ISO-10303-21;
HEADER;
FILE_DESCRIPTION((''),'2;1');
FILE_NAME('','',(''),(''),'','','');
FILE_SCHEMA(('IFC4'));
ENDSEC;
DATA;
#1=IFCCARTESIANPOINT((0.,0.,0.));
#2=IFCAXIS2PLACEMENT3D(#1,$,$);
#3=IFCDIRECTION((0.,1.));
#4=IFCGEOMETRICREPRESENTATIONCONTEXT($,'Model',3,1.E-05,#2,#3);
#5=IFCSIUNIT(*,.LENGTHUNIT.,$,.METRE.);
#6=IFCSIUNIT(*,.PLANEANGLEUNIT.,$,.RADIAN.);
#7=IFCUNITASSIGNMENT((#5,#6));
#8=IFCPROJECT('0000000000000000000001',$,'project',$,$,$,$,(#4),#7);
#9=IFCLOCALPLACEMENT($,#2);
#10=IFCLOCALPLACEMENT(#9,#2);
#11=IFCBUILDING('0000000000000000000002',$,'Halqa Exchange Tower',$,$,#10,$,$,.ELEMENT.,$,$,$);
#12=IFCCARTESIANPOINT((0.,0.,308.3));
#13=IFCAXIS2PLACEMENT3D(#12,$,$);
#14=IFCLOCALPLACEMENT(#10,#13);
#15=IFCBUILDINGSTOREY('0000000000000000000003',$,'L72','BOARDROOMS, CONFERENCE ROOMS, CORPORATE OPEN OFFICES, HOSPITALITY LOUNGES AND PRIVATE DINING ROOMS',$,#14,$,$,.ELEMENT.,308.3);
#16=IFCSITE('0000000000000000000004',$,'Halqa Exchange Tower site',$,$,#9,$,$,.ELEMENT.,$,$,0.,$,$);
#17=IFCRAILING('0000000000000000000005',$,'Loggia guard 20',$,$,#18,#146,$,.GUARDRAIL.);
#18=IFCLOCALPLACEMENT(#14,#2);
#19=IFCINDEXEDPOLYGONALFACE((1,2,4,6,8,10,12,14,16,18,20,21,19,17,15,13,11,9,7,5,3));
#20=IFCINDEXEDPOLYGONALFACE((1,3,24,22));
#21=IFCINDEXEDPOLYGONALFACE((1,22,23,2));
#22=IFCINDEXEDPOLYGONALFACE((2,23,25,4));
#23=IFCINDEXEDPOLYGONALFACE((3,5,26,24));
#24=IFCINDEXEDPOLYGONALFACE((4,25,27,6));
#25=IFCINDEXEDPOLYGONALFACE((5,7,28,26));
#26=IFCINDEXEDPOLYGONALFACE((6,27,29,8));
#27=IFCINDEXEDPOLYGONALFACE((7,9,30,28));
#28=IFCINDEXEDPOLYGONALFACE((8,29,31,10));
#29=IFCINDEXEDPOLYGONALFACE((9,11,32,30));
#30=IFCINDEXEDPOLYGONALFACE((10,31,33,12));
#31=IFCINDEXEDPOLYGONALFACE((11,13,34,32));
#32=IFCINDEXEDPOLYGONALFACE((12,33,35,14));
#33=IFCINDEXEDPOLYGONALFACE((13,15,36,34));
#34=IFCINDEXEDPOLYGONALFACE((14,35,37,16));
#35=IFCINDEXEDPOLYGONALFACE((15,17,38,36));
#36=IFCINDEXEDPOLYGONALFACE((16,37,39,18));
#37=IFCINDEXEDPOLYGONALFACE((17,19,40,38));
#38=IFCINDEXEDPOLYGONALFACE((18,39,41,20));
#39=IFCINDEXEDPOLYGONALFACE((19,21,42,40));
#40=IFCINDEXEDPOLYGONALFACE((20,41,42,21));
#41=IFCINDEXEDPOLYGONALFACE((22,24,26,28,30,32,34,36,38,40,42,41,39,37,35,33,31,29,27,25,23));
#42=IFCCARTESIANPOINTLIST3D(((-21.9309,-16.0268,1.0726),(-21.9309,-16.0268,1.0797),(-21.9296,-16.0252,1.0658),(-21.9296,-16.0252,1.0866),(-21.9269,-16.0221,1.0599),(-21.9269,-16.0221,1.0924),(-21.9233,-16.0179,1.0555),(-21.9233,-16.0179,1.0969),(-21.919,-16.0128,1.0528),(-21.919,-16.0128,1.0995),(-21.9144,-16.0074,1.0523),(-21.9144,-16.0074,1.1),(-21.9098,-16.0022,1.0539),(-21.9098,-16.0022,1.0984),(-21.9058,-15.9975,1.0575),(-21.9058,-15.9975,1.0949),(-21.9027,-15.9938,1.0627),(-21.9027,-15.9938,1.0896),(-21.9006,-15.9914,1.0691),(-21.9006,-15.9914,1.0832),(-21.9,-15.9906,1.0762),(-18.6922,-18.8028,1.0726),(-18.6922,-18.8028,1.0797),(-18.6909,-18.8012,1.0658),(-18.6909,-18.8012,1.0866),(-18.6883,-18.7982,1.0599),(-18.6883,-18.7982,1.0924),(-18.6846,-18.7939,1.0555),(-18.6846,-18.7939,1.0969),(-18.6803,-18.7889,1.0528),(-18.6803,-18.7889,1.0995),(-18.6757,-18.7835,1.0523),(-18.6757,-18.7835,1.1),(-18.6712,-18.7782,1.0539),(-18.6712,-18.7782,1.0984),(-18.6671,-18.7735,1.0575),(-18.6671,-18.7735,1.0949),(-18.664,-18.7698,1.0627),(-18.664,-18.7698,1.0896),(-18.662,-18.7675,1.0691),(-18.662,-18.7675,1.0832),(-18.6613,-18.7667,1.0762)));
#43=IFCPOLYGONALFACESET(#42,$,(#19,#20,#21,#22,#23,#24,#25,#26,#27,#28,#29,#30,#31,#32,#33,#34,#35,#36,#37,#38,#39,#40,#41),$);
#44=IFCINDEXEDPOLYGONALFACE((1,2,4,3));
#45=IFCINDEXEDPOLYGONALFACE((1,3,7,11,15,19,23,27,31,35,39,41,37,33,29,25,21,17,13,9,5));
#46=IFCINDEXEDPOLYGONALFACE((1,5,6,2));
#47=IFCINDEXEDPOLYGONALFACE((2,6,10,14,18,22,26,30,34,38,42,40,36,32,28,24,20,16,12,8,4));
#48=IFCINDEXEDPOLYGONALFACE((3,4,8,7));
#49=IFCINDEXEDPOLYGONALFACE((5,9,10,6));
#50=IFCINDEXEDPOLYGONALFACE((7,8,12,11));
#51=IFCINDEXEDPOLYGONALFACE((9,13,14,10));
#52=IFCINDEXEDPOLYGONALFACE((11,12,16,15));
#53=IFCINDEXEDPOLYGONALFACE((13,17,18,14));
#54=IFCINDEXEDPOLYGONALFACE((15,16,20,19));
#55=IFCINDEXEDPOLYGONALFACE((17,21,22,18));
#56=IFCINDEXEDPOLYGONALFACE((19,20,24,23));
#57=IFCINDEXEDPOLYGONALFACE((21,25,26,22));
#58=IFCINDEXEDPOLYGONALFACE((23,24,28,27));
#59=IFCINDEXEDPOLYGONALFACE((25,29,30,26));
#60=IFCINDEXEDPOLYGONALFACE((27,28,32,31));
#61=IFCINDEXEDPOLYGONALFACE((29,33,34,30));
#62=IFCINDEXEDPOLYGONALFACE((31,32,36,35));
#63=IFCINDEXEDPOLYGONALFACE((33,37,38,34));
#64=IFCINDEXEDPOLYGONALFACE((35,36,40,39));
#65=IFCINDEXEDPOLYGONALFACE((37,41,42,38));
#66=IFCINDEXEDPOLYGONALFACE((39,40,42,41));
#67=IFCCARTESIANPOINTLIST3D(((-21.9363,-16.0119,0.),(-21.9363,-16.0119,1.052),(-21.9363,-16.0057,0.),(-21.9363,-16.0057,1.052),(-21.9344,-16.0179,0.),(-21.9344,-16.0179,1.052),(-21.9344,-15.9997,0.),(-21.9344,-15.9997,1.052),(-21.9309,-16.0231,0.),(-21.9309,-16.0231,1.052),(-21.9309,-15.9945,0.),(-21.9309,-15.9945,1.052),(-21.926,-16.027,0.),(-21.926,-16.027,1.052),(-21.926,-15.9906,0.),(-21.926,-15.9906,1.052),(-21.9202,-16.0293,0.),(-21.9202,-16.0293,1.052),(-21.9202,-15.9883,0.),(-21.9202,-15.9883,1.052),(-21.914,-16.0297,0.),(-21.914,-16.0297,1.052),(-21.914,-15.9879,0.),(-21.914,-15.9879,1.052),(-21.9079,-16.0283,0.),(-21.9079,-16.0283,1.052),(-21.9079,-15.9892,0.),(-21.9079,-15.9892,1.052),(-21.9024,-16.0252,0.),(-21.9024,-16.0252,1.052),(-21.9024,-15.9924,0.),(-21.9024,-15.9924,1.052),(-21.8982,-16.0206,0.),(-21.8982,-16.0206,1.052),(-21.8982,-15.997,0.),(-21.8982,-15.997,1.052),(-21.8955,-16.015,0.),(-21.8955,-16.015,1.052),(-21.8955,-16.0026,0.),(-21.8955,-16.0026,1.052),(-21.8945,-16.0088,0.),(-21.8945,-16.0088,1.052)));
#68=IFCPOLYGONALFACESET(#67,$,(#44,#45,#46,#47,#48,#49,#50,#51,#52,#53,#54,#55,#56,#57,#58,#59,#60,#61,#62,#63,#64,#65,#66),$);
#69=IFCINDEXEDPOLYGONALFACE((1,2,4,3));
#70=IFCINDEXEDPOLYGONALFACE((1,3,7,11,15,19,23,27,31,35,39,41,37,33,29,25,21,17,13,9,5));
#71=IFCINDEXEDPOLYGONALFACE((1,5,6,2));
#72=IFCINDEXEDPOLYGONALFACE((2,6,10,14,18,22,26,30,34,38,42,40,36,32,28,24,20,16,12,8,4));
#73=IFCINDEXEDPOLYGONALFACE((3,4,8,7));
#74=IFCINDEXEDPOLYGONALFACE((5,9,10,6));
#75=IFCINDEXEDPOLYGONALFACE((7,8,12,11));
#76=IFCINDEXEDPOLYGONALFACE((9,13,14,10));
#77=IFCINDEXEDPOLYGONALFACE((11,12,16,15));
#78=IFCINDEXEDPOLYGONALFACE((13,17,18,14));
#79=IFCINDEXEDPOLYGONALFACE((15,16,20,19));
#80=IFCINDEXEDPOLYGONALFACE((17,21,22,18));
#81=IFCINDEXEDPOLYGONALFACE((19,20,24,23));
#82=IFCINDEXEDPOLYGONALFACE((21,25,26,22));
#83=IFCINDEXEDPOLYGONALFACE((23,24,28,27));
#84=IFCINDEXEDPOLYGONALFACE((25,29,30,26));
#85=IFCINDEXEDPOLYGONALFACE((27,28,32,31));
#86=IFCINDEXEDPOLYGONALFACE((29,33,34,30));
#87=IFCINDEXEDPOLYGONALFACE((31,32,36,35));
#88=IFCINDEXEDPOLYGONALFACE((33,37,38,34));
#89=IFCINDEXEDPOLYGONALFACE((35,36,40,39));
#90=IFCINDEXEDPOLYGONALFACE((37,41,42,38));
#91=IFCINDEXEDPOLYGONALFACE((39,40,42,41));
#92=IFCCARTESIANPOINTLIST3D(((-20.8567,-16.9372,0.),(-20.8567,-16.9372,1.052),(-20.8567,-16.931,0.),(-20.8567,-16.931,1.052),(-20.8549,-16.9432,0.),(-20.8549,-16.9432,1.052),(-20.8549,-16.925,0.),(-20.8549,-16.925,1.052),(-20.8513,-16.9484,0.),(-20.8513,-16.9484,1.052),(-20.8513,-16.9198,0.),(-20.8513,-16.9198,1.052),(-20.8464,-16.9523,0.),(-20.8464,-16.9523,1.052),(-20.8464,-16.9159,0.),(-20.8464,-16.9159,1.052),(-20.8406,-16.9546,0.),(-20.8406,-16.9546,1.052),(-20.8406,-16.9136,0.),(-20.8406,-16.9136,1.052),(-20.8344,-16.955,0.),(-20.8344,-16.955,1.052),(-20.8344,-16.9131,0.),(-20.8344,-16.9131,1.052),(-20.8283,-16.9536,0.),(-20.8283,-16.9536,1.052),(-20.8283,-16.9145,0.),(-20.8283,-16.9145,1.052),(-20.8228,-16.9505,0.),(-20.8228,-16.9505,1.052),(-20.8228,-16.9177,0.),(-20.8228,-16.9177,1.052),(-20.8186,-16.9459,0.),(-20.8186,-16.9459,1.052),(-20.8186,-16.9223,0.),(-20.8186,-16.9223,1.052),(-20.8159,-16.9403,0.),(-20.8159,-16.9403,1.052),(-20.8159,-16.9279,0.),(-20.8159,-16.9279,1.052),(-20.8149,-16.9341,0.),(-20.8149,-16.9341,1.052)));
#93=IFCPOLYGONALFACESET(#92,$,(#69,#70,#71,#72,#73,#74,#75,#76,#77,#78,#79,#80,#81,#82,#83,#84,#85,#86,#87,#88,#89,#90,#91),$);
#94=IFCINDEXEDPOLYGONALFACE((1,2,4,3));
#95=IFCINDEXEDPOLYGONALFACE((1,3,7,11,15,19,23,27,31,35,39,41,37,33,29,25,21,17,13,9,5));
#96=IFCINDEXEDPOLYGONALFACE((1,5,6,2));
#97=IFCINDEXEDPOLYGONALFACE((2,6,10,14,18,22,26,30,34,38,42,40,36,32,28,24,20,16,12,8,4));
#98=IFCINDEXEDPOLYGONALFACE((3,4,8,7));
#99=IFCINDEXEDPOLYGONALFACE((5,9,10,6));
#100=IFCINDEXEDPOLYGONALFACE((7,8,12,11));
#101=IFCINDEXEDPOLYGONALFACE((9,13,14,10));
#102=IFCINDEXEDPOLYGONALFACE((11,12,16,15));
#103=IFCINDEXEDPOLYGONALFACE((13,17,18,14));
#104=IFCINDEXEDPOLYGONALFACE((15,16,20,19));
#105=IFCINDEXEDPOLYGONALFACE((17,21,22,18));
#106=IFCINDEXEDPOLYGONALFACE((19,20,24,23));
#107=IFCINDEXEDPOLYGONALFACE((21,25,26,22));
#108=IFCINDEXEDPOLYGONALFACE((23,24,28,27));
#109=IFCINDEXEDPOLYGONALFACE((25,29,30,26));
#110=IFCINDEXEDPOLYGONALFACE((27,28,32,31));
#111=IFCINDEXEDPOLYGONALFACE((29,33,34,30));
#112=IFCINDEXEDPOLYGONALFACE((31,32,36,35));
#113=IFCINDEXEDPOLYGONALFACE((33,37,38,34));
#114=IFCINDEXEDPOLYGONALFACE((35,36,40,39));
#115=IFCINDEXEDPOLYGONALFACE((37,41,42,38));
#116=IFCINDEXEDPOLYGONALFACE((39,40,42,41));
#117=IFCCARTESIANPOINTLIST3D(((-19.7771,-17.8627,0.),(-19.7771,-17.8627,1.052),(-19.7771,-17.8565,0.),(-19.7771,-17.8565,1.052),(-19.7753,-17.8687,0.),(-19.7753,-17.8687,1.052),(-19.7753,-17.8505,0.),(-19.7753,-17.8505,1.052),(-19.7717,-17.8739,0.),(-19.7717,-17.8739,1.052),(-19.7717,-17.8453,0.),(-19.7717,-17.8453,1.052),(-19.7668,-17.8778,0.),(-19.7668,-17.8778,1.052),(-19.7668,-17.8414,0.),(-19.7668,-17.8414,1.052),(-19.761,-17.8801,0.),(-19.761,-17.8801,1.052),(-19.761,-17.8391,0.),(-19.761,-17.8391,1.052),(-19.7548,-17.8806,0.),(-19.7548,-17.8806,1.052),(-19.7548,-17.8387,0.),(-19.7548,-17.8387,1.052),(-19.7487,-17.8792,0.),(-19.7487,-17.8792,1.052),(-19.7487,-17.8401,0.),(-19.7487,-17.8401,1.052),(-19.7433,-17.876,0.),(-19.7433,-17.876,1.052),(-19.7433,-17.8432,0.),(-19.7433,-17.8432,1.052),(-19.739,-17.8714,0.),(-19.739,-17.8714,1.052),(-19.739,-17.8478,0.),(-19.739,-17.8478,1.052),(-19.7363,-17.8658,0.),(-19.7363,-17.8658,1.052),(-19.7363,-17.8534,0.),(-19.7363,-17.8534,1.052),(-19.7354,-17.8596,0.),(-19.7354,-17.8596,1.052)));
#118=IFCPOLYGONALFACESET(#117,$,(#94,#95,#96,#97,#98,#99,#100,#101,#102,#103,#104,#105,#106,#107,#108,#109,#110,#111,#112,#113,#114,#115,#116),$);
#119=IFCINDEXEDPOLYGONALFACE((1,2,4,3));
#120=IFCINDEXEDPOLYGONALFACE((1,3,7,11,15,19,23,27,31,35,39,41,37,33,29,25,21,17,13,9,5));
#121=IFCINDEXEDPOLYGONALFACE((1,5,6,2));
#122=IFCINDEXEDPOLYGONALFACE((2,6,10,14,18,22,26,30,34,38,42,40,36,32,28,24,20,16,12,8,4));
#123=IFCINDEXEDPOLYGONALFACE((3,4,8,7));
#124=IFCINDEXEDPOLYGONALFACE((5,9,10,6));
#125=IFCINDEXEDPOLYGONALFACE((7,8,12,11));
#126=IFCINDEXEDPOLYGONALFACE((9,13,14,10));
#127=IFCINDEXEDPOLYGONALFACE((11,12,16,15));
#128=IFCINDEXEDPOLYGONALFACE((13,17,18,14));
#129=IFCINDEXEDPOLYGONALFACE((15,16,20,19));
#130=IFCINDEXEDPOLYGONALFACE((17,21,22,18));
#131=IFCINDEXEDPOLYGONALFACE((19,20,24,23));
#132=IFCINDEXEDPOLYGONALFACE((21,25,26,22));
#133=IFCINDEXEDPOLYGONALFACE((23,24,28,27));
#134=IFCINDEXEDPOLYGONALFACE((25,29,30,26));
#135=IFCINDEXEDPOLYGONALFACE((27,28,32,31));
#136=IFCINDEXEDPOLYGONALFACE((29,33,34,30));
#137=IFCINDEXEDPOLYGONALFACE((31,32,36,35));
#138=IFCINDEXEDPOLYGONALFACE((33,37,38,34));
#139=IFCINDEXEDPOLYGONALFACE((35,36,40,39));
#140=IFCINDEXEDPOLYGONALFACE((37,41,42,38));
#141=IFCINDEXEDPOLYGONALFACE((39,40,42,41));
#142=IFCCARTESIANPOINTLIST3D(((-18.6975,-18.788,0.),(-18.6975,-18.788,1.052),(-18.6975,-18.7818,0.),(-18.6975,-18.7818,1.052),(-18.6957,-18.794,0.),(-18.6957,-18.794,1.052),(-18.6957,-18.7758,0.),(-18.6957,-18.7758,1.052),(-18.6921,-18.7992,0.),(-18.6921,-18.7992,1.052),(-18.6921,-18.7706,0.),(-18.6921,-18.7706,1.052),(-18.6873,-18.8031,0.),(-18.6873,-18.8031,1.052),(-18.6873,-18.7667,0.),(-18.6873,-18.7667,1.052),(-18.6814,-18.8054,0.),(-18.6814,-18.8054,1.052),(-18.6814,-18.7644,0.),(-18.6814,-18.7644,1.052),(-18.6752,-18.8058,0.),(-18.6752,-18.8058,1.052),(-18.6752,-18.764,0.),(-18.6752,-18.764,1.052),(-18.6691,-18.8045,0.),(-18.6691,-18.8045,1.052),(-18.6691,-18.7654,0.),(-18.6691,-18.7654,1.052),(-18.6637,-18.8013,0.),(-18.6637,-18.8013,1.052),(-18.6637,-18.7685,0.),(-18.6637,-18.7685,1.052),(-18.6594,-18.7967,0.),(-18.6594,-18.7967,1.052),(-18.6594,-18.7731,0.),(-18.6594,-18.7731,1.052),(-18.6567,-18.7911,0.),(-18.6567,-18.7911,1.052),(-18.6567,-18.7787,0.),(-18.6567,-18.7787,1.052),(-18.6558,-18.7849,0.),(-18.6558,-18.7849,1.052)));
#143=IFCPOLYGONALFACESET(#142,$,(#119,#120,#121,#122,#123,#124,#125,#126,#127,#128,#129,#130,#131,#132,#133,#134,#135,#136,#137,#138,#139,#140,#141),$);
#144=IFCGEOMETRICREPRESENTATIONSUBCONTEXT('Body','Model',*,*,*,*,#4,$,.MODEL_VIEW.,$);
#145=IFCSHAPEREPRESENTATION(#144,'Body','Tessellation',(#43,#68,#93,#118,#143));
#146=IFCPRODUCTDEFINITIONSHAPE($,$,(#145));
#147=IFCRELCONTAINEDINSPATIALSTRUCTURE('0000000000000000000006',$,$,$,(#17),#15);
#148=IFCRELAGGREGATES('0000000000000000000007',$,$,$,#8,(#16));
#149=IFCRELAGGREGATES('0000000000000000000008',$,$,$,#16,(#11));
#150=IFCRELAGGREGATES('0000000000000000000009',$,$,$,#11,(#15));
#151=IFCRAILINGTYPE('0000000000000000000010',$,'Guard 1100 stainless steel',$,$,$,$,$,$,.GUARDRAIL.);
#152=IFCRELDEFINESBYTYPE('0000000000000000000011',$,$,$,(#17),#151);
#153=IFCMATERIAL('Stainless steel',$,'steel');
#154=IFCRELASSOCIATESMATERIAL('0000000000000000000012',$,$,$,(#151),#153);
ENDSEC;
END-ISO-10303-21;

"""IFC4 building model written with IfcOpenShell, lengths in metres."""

from ifc_helpers import new_model, si_unit, direction, frame, origin, origin_2d, place, context, subcontext, project, spatial, circle, extrude, material, type_object, element, save


model = new_model("IFC4")

# Units and contexts
model_context = context("Model", 3, precision=1e-05, world=origin(), true_north=direction((0.0, 1.0)))
body_context = subcontext(model_context, "Body", "Model", "MODEL_VIEW")
ifc_project = project(units=[si_unit("LENGTHUNIT", "METRE"), si_unit("PLANEANGLEUNIT", "RADIAN")], contexts=[model_context])

# Site, building, storey
site_placement = place(None, origin())
site = spatial("IfcSite", under=ifc_project, at=site_placement, Name="Halqa Exchange Tower site", CompositionType="ELEMENT", RefElevation=0.0)
building_placement = place(site_placement, origin())
building = spatial("IfcBuilding", under=site, at=building_placement, Name="Halqa Exchange Tower", CompositionType="ELEMENT")
storey_placement = place(building_placement, frame((0.0, 0.0, 308.3)))
storey = spatial("IfcBuildingStorey", under=building, at=storey_placement, Name="L72", Description="BOARDROOMS, CONFERENCE ROOMS, CORPORATE OPEN OFFICES, HOSPITALITY LOUNGES AND PRIVATE DINING ROOMS", CompositionType="ELEMENT", Elevation=308.3)

# Railing
ifc_material_1 = material(Name="Stainless steel", Category="steel")
railing_type = type_object("IfcRailingType", Name="Guard 1100 stainless steel", PredefinedType="GUARDRAIL", material=ifc_material_1)
railing_1_placement = place(storey_placement, frame((-21.9155, -16.0088, 0.0)))
element("IfcRailing", 1, at=railing_1_placement, inside=storey, type_object=railing_type, Name="Loggia guard 20", PredefinedType="GUARDRAIL", context=body_context, shape_type="SweptSolid", body=[
    extrude(circle(Radius=0.0239, at=origin_2d()), frame((0.0, 0.0, 1.0762), z_axis=(0.759253, -0.650796, 0.0), x_axis=(0.650796, 0.759253, 0.0)), (0.0, 0.0, 1.0), 4.2656),
    extrude(circle(Radius=0.021, at=origin_2d()), origin(), (0.0, 0.0, 1.0), 1.052),
    extrude(circle(Radius=0.021, at=origin_2d()), frame((1.0796, -0.9253, 0.0)), (0.0, 0.0, 1.0), 1.052),
    extrude(circle(Radius=0.021, at=origin_2d()), frame((2.1592, -1.8508, 0.0)), (0.0, 0.0, 1.0), 1.052),
    extrude(circle(Radius=0.021, at=origin_2d()), frame((3.2388, -2.7761, 0.0)), (0.0, 0.0, 1.0), 1.052),
])

save(model, "model.ifc")
